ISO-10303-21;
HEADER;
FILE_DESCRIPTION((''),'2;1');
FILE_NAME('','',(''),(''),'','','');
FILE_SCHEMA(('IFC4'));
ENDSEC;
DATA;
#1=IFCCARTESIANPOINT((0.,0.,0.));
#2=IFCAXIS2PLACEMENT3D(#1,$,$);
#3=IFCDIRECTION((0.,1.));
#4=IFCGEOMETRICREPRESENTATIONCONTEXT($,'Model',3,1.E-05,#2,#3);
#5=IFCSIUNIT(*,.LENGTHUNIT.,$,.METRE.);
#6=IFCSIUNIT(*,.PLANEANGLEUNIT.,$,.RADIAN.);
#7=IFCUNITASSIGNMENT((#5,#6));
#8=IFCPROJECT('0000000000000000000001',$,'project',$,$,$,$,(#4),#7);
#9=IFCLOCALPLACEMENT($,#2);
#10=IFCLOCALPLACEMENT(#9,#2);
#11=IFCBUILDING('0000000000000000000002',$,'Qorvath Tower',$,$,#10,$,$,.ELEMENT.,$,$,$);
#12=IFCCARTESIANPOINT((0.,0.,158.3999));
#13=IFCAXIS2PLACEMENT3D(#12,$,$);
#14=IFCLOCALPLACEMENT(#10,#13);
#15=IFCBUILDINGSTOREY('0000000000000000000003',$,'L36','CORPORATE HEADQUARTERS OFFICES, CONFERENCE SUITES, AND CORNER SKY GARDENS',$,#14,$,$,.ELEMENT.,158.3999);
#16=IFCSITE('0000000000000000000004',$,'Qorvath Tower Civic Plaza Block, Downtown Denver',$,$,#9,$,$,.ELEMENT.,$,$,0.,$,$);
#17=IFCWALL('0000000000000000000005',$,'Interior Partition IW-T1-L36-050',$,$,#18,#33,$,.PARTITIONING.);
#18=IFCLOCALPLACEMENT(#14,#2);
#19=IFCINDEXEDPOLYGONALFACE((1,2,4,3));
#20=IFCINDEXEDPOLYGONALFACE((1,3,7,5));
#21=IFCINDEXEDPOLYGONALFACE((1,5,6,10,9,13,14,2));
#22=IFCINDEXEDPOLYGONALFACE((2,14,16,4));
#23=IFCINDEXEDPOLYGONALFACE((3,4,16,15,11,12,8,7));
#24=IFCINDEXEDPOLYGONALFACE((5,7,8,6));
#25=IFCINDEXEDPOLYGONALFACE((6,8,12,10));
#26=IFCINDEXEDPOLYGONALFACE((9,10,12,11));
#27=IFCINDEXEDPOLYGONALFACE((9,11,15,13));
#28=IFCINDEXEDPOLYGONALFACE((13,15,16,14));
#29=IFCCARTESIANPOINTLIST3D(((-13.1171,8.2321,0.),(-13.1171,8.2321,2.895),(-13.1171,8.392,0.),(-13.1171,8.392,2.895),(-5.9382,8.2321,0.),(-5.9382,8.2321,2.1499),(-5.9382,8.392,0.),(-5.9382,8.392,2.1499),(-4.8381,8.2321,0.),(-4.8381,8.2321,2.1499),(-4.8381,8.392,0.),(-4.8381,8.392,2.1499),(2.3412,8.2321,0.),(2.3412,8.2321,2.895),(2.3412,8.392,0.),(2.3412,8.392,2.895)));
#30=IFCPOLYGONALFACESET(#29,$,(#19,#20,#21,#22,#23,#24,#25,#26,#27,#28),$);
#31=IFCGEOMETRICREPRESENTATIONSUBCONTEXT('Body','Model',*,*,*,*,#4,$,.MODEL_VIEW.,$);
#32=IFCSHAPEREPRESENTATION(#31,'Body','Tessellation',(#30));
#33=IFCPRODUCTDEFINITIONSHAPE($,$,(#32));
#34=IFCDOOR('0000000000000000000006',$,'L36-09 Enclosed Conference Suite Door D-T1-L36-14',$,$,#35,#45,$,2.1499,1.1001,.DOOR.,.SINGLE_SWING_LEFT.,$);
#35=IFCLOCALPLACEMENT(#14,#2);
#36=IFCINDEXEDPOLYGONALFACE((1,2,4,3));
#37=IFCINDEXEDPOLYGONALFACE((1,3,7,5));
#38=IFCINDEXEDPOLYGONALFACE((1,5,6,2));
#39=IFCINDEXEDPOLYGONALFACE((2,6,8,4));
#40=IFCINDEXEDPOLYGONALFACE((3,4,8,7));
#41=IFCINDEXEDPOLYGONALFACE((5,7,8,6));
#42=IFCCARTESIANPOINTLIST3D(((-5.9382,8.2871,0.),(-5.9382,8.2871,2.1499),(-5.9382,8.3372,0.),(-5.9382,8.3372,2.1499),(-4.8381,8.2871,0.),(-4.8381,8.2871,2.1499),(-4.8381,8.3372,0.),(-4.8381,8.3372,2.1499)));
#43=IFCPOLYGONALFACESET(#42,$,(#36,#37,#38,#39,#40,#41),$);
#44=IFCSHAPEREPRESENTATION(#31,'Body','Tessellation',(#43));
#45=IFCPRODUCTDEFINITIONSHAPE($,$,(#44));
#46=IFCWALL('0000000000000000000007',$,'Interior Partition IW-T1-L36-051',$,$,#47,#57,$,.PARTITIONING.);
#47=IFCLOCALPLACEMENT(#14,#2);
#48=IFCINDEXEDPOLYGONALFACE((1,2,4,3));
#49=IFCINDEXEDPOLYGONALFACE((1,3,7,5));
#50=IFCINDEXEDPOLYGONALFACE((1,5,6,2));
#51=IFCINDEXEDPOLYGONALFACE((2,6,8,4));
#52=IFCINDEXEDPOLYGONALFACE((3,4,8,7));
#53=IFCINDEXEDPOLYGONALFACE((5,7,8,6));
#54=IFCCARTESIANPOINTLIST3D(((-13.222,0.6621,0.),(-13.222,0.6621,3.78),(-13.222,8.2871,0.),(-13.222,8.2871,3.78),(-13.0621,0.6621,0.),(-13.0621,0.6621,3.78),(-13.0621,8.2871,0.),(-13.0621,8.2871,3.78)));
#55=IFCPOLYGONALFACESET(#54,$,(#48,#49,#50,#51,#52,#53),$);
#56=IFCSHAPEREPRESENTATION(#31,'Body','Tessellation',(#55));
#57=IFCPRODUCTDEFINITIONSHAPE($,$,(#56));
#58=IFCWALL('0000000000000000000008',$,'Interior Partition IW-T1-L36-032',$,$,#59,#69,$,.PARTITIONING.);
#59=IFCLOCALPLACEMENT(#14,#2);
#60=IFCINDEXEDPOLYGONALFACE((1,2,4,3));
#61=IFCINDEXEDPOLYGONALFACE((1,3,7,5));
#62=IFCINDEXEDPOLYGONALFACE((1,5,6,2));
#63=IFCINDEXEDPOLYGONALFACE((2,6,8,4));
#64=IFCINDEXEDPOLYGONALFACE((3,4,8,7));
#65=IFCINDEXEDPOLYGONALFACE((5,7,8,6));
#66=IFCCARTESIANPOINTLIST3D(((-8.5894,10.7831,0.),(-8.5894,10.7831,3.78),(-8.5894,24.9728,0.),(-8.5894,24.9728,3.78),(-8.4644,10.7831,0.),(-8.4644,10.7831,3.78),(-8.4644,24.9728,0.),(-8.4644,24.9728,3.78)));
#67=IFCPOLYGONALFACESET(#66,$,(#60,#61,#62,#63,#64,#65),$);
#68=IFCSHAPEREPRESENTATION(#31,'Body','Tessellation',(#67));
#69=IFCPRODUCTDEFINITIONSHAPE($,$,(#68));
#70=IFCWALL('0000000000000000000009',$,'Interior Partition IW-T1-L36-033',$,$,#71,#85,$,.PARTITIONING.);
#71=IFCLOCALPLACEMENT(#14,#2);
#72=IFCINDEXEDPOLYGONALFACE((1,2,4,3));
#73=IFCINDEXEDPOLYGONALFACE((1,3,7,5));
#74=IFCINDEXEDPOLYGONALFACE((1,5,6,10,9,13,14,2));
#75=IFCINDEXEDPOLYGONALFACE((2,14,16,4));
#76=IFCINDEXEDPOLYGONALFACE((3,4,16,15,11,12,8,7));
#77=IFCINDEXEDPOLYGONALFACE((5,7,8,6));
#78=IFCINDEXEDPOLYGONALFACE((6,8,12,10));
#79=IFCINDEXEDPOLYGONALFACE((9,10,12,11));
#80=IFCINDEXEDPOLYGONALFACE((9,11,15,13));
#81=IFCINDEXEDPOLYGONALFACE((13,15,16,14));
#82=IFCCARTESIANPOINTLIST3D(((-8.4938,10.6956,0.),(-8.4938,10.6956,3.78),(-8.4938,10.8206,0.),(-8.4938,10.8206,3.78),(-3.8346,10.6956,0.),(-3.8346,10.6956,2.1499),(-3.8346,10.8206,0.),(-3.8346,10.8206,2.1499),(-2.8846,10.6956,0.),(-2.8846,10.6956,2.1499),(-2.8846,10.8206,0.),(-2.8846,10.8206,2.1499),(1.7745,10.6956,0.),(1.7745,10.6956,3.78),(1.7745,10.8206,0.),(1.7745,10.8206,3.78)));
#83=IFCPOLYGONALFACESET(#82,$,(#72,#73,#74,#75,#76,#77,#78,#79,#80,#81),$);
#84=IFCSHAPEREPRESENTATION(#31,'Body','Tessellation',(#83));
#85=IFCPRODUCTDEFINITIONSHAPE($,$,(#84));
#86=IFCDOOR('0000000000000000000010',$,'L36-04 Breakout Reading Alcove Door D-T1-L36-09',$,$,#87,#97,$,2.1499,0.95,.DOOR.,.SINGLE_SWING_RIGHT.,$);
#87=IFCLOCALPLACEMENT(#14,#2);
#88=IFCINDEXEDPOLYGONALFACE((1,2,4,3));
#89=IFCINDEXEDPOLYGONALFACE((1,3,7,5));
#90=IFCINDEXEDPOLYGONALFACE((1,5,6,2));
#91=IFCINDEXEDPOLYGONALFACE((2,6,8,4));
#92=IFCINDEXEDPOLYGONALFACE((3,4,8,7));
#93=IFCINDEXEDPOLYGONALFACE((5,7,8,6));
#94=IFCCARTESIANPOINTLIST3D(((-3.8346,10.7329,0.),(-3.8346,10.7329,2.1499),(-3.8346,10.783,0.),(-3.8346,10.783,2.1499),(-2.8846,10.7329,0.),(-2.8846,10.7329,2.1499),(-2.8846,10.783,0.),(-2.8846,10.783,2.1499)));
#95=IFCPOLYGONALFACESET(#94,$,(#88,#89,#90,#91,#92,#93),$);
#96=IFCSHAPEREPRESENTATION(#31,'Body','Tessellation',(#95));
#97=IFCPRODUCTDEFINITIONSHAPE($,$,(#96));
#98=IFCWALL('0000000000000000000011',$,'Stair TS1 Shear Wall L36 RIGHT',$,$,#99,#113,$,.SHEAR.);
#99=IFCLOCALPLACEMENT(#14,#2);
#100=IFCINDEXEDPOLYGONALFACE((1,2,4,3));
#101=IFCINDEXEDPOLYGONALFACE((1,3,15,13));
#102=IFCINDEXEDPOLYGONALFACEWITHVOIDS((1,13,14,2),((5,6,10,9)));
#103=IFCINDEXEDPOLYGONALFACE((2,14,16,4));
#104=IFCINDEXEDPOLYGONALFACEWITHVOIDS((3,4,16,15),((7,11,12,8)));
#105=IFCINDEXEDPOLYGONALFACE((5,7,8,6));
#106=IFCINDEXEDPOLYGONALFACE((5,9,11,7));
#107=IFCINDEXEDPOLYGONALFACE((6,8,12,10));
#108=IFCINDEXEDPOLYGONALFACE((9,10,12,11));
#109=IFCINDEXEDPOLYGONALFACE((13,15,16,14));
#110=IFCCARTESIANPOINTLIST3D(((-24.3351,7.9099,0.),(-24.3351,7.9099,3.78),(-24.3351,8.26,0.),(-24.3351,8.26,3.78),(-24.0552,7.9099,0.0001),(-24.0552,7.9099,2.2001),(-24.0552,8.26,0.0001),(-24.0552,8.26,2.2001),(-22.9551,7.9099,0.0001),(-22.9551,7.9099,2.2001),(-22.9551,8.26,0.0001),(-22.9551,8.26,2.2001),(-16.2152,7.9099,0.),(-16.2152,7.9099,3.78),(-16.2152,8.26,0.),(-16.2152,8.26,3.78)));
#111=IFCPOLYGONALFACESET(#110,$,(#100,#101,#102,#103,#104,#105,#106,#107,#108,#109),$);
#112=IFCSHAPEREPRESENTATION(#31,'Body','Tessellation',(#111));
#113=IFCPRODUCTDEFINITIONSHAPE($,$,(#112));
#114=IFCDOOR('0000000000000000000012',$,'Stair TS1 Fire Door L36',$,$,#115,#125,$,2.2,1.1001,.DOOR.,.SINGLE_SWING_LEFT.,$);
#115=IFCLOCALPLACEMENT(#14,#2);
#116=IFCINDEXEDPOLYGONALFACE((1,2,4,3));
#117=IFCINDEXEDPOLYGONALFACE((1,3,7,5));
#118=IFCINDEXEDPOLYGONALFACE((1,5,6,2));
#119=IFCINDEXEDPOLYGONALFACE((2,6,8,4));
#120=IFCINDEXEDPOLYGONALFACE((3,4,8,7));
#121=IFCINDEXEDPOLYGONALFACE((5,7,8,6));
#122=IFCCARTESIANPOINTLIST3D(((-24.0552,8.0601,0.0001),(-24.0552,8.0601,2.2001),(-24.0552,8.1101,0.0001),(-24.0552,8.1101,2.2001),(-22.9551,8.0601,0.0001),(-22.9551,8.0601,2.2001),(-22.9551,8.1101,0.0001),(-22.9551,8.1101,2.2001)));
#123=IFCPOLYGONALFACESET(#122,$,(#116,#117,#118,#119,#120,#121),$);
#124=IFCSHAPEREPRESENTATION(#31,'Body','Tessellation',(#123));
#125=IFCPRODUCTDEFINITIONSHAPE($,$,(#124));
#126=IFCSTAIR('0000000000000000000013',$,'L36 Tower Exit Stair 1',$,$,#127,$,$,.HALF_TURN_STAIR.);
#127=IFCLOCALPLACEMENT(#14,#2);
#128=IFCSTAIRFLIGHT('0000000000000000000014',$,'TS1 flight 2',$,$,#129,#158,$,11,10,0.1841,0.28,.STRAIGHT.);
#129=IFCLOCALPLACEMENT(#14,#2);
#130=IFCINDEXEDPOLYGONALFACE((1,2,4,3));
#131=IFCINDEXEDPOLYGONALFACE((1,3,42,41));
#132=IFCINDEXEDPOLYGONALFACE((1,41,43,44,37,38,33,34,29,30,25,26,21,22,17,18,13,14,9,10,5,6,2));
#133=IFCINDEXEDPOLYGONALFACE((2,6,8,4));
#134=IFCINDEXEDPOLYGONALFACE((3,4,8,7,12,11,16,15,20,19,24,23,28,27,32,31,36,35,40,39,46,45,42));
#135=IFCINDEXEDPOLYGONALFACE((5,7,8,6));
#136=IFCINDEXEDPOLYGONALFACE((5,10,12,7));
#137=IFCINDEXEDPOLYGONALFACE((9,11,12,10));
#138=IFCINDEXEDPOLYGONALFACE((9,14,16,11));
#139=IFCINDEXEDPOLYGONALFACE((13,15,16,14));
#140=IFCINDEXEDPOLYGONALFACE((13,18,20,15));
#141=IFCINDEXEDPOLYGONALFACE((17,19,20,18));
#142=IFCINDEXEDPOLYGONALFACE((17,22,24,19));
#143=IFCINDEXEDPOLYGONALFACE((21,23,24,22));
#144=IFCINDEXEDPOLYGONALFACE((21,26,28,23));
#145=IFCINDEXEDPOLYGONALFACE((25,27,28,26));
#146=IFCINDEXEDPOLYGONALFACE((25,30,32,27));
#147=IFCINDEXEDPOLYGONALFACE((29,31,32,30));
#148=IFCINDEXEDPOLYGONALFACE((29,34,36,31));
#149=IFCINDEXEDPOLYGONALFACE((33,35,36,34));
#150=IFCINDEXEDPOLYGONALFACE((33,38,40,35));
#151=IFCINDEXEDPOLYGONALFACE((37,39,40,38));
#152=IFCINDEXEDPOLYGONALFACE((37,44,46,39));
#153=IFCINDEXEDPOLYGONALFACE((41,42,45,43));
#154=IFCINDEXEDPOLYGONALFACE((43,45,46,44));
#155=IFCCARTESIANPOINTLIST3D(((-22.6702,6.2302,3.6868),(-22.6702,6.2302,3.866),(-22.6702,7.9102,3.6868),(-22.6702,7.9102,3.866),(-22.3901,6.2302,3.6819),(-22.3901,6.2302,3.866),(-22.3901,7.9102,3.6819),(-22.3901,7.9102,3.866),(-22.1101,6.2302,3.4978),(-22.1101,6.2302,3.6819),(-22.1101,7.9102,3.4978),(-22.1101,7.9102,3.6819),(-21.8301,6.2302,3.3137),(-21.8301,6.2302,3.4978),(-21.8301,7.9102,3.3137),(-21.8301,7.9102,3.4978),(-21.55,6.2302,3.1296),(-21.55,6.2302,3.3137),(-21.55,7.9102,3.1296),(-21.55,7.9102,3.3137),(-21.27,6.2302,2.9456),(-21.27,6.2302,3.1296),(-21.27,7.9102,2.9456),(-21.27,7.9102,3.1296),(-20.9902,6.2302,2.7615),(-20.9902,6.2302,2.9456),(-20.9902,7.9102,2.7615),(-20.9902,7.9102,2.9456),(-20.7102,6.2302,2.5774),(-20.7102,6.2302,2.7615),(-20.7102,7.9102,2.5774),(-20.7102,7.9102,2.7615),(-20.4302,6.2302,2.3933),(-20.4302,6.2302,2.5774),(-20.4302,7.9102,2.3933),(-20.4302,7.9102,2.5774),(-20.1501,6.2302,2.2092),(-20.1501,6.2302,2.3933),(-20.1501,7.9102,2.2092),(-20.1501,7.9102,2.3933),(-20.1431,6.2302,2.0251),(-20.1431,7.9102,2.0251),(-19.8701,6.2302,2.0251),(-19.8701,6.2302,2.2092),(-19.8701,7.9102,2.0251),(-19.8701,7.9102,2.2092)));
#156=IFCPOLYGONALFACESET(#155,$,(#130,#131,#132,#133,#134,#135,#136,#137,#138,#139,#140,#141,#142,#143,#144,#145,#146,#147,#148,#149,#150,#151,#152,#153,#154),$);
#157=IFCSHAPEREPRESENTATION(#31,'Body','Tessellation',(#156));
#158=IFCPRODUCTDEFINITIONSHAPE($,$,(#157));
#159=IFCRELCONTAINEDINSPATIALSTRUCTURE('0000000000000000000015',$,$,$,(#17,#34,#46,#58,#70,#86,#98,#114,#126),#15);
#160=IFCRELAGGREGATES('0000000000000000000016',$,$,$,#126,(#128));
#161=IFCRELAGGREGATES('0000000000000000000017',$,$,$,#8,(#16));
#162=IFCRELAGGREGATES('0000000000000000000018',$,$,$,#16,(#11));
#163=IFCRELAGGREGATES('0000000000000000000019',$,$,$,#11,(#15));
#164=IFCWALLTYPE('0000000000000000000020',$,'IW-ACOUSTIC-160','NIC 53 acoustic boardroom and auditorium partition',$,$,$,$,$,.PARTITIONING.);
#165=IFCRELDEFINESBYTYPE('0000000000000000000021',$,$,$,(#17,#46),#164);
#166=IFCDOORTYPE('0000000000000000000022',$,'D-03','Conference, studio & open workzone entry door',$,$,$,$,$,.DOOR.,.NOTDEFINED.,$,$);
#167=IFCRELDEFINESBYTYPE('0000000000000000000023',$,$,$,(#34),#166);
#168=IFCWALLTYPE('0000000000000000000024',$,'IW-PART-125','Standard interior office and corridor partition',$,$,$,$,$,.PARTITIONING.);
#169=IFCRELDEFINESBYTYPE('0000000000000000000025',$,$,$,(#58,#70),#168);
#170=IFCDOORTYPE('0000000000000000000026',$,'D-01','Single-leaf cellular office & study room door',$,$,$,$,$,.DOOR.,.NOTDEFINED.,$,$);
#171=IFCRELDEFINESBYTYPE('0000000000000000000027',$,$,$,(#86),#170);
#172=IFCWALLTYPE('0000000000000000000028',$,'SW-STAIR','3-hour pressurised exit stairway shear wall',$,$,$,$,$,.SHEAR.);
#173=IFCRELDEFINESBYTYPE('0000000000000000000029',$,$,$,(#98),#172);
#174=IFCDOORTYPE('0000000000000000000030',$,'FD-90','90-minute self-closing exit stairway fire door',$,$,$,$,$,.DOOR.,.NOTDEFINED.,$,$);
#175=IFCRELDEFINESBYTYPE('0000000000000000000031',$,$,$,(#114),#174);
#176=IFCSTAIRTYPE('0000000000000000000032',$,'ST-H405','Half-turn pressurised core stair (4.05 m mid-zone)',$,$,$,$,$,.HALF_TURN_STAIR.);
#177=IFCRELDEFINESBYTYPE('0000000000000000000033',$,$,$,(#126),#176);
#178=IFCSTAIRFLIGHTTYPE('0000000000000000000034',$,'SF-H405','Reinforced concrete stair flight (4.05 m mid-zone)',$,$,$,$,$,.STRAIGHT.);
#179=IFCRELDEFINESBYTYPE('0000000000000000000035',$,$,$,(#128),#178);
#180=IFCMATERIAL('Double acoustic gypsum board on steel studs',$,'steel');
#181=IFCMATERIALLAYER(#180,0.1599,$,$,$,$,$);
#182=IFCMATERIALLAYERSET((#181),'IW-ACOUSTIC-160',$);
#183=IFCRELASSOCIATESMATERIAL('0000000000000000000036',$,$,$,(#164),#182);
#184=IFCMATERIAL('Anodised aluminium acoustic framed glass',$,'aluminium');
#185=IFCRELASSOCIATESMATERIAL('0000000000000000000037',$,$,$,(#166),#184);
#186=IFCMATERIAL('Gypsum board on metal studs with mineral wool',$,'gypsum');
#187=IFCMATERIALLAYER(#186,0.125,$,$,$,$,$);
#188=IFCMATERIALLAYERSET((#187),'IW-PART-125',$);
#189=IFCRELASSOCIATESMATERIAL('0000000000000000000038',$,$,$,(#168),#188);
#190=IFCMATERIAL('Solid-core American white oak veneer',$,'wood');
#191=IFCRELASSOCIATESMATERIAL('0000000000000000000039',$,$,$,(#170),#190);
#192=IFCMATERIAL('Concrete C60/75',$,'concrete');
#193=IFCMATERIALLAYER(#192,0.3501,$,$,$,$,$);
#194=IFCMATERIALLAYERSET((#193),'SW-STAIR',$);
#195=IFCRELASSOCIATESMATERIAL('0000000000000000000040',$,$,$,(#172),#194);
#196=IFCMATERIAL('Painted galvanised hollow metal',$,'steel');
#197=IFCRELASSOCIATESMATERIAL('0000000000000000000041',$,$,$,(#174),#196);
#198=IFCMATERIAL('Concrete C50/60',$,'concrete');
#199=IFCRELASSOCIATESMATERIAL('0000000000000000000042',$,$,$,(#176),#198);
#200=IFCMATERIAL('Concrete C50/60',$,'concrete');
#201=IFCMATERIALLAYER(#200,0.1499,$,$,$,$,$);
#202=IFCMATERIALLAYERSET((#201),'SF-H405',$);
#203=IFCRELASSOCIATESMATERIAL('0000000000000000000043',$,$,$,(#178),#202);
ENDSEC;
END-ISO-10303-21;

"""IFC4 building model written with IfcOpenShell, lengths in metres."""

from ifc_helpers import new_model, si_unit, direction, frame, frame_2d, origin, place, context, subcontext, project, spatial, polyline, rectangle, outline, extrude, material, layer, layer_set, type_object, element, fill, aggregate, save


model = new_model("IFC4")

# Units and contexts
model_context = context("Model", 3, precision=1e-05, world=origin(), true_north=direction((0.0, 1.0)))
body_context = subcontext(model_context, "Body", "Model", "MODEL_VIEW")
ifc_project = project(units=[si_unit("LENGTHUNIT", "METRE"), si_unit("PLANEANGLEUNIT", "RADIAN")], contexts=[model_context])

# Site, building, storey
site_placement = place(None, origin())
site = spatial("IfcSite", under=ifc_project, at=site_placement, Name="Qorvath Tower Civic Plaza Block, Downtown Denver", CompositionType="ELEMENT", RefElevation=0.0)
building_placement = place(site_placement, origin())
building = spatial("IfcBuilding", under=site, at=building_placement, Name="Qorvath Tower", CompositionType="ELEMENT")
storey_placement = place(building_placement, frame((0.0, 0.0, 158.3999)))
storey = spatial("IfcBuildingStorey", under=building, at=storey_placement, Name="L36", Description="CORPORATE HEADQUARTERS OFFICES, CONFERENCE SUITES, AND CORNER SKY GARDENS", CompositionType="ELEMENT", Elevation=158.3999)

# Wall, opening, door
ifc_material_1 = material(Name="Double acoustic gypsum board on steel studs", Category="steel")
ifc_layer_1 = layer(ifc_material_1, 0.1599)
ifc_layer_set_1 = layer_set([ifc_layer_1], Name="IW-ACOUSTIC-160")
wall_type_1 = type_object("IfcWallType", Name="IW-ACOUSTIC-160", Description="NIC 53 acoustic boardroom and auditorium partition", PredefinedType="PARTITIONING", material=ifc_layer_set_1)
wall_1_placement = place(storey_placement, frame((2.3411, 8.312, 0.0), z_axis=(0.0, 0.0, 1.0), x_axis=(-1.0, 0.0, 0.0)))
wall_1 = element("IfcWall", 1, at=wall_1_placement, inside=storey, type_object=wall_type_1, Name="Interior Partition IW-T1-L36-050", PredefinedType="PARTITIONING", context=body_context, shape_type="SweptSolid", body=[
    extrude(rectangle(XDim=15.4583, YDim=0.1599, at=frame_2d((7.729, 0.0))), origin(), (0.0, 0.0, 1.0), 2.895),
])
opening_1_placement = place(wall_1_placement, frame((7.1792, 0.0, 0.0)))
opening_1 = element("IfcOpeningElement", 2, at=opening_1_placement, cuts=wall_1, PredefinedType="OPENING", context=body_context, shape_type="SweptSolid", body=[
    extrude(rectangle(XDim=1.1001, YDim=2.1499, at=frame_2d((0.55, 1.075))), frame((0.0, 0.0898, 0.0), z_axis=(0.0, -1.0, 0.0), x_axis=(1.0, 0.0, 0.0)), (0.0, 0.0, 1.0), 0.1799),
])
ifc_material_2 = material(Name="Anodised aluminium acoustic framed glass", Category="aluminium")
door_type_1 = type_object("IfcDoorType", Name="D-03", Description="Conference, studio & open workzone entry door", OperationType="NOTDEFINED", PredefinedType="DOOR", material=ifc_material_2)
door_1_placement = place(opening_1_placement, origin())
door_1 = element("IfcDoor", 3, at=door_1_placement, inside=storey, type_object=door_type_1, Name="L36-09 Enclosed Conference Suite Door D-T1-L36-14", OperationType="SINGLE_SWING_LEFT", OverallHeight=2.1499, OverallWidth=1.1001, PredefinedType="DOOR", context=body_context, shape_type="SweptSolid", body=[
    extrude(rectangle(XDim=1.1001, YDim=2.1499, at=frame_2d((0.55, 1.075))), frame((0.0, 0.0249, 0.0), z_axis=(0.0, -1.0, 0.0), x_axis=(1.0, 0.0, 0.0)), (0.0, 0.0, 1.0), 0.05),
])
fill(opening_1, door_1)

# Walls
wall_2_placement = place(storey_placement, frame((-13.1421, 8.2871, 0.0), z_axis=(0.0, 0.0, 1.0), x_axis=(0.0, -1.0, 0.0)))
element("IfcWall", 4, at=wall_2_placement, inside=storey, type_object=wall_type_1, Name="Interior Partition IW-T1-L36-051", PredefinedType="PARTITIONING", context=body_context, shape_type="SweptSolid", body=[
    extrude(rectangle(XDim=7.625, YDim=0.1599, at=frame_2d((3.8125, 0.0))), origin(), (0.0, 0.0, 1.0), 3.78),
])
ifc_material_3 = material(Name="Gypsum board on metal studs with mineral wool", Category="gypsum")
ifc_layer_2 = layer(ifc_material_3, 0.125)
ifc_layer_set_2 = layer_set([ifc_layer_2], Name="IW-PART-125")
wall_type_2 = type_object("IfcWallType", Name="IW-PART-125", Description="Standard interior office and corridor partition", PredefinedType="PARTITIONING", material=ifc_layer_set_2)
wall_3_placement = place(storey_placement, frame((-8.5269, 10.7832, 0.0), z_axis=(0.0, 0.0, 1.0), x_axis=(0.0, 1.0, 0.0)))
element("IfcWall", 5, at=wall_3_placement, inside=storey, type_object=wall_type_2, Name="Interior Partition IW-T1-L36-032", PredefinedType="PARTITIONING", context=body_context, shape_type="SweptSolid", body=[
    extrude(rectangle(XDim=14.1897, YDim=0.125, at=frame_2d((7.0947, 0.0))), origin(), (0.0, 0.0, 1.0), 3.78),
])

# Walls, openings, doors
wall_4_placement = place(storey_placement, frame((-8.4939, 10.7581, 0.0), z_axis=(0.0, 0.0, 1.0), x_axis=(1.0, 0.0, 0.0)))
wall_4 = element("IfcWall", 6, at=wall_4_placement, inside=storey, type_object=wall_type_2, Name="Interior Partition IW-T1-L36-033", PredefinedType="PARTITIONING", context=body_context, shape_type="SweptSolid", body=[
    extrude(rectangle(XDim=10.2683, YDim=0.125, at=frame_2d((5.1343, 0.0))), origin(), (0.0, 0.0, 1.0), 3.78),
])
opening_2_placement = place(wall_4_placement, frame((4.6592, 0.0, 0.0)))
opening_2 = element("IfcOpeningElement", 7, at=opening_2_placement, cuts=wall_4, PredefinedType="OPENING", context=body_context, shape_type="SweptSolid", body=[
    extrude(rectangle(XDim=0.95, YDim=2.1499, at=frame_2d((0.4751, 1.075))), frame((0.0, 0.0725, 0.0), z_axis=(0.0, -1.0, 0.0), x_axis=(1.0, 0.0, 0.0)), (0.0, 0.0, 1.0), 0.145),
])
ifc_material_4 = material(Name="Solid-core American white oak veneer", Category="wood")
door_type_2 = type_object("IfcDoorType", Name="D-01", Description="Single-leaf cellular office & study room door", OperationType="NOTDEFINED", PredefinedType="DOOR", material=ifc_material_4)
door_2_placement = place(opening_2_placement, origin())
door_2 = element("IfcDoor", 8, at=door_2_placement, inside=storey, type_object=door_type_2, Name="L36-04 Breakout Reading Alcove Door D-T1-L36-09", OperationType="SINGLE_SWING_RIGHT", OverallHeight=2.1499, OverallWidth=0.95, PredefinedType="DOOR", context=body_context, shape_type="SweptSolid", body=[
    extrude(rectangle(XDim=0.95, YDim=2.1499, at=frame_2d((0.4751, 1.075))), frame((0.0, 0.0249, 0.0), z_axis=(0.0, -1.0, 0.0), x_axis=(1.0, 0.0, 0.0)), (0.0, 0.0, 1.0), 0.05),
])
fill(opening_2, door_2)
ifc_material_5 = material(Name="Concrete C60/75", Category="concrete")
ifc_layer_3 = layer(ifc_material_5, 0.3501)
ifc_layer_set_3 = layer_set([ifc_layer_3], Name="SW-STAIR")
wall_type_3 = type_object("IfcWallType", Name="SW-STAIR", Description="3-hour pressurised exit stairway shear wall", PredefinedType="SHEAR", material=ifc_layer_set_3)
wall_5_placement = place(storey_placement, frame((-16.2151, 8.085, 0.0), z_axis=(0.0, 0.0, 1.0), x_axis=(-1.0, 0.0, 0.0)))
wall_5 = element("IfcWall", 9, at=wall_5_placement, inside=storey, type_object=wall_type_3, Name="Stair TS1 Shear Wall L36 RIGHT", PredefinedType="SHEAR", context=body_context, shape_type="SweptSolid", body=[
    extrude(rectangle(XDim=8.1199, YDim=0.3501, at=frame_2d((4.0601, 0.0))), origin(), (0.0, 0.0, 1.0), 3.78),
])
opening_3_placement = place(wall_5_placement, frame((6.74, 0.0, 0.0)))
opening_3 = element("IfcOpeningElement", 10, at=opening_3_placement, cuts=wall_5, PredefinedType="OPENING", context=body_context, shape_type="SweptSolid", body=[
    extrude(rectangle(XDim=1.1001, YDim=2.2, at=frame_2d((0.55, 1.1001))), frame((0.0, 0.1851, 0.0), z_axis=(0.0, -1.0, 0.0), x_axis=(1.0, 0.0, 0.0)), (0.0, 0.0, 1.0), 0.3701),
])
ifc_material_6 = material(Name="Painted galvanised hollow metal", Category="steel")
door_type_3 = type_object("IfcDoorType", Name="FD-90", Description="90-minute self-closing exit stairway fire door", OperationType="NOTDEFINED", PredefinedType="DOOR", material=ifc_material_6)
door_3_placement = place(opening_3_placement, origin())
door_3 = element("IfcDoor", 11, at=door_3_placement, inside=storey, type_object=door_type_3, Name="Stair TS1 Fire Door L36", OperationType="SINGLE_SWING_LEFT", OverallHeight=2.2, OverallWidth=1.1001, PredefinedType="DOOR", context=body_context, shape_type="SweptSolid", body=[
    extrude(rectangle(XDim=1.1001, YDim=2.2, at=frame_2d((0.55, 1.1001))), frame((0.0, 0.0249, 0.0), z_axis=(0.0, -1.0, 0.0), x_axis=(1.0, 0.0, 0.0)), (0.0, 0.0, 1.0), 0.05),
])
fill(opening_3, door_3)

# Stair, stair flight
ifc_material_7 = material(Name="Concrete C50/60", Category="concrete")
stair_type = type_object("IfcStairType", Name="ST-H405", Description="Half-turn pressurised core stair (4.05 m mid-zone)", PredefinedType="HALF_TURN_STAIR", material=ifc_material_7)
stair_placement = place(storey_placement, origin())
stair = element("IfcStair", 12, at=stair_placement, inside=storey, type_object=stair_type, Name="L36 Tower Exit Stair 1", PredefinedType="HALF_TURN_STAIR")
ifc_material_8 = material(Name="Concrete C50/60", Category="concrete")
ifc_layer_4 = layer(ifc_material_8, 0.1499)
ifc_layer_set_4 = layer_set([ifc_layer_4], Name="SF-H405")
stair_flight_type = type_object("IfcStairFlightType", Name="SF-H405", Description="Reinforced concrete stair flight (4.05 m mid-zone)", PredefinedType="STRAIGHT", material=ifc_layer_set_4)
stair_flight_placement = place(storey_placement, frame((-19.8701, 7.0701, 2.0251), z_axis=(0.0, 0.0, 1.0), x_axis=(-1.0, 0.0, 0.0)))
stair_flight = element("IfcStairFlight", 13, at=stair_flight_placement, type_object=stair_flight_type, Name="TS1 flight 2", NumberOfRisers=11, NumberOfTreads=10, PredefinedType="STRAIGHT", RiserHeight=0.1841, TreadLength=0.28, context=body_context, shape_type="SweptSolid", body=[
    extrude(outline(polyline([(0.0, 0.0), (0.0, 0.1841), (0.28, 0.1841), (0.28, 0.3682), (0.5601, 0.3682), (0.5601, 0.5522), (0.8401, 0.5522), (0.8401, 0.7363), (1.1201, 0.7363), (1.1201, 0.9204), (1.3999, 0.9204), (1.3999, 1.1045), (1.6799, 1.1045), (1.6799, 1.2886), (1.96, 1.2886), (1.96, 1.4727), (2.24, 1.4727), (2.24, 1.6567), (2.52, 1.6567), (2.52, 1.8408), (2.8, 1.8408), (2.8, 2.0249), (2.8, 1.6616), (0.2729, 0.0), (0.0, 0.0)])), frame((0.0, 0.8398, 0.0), z_axis=(0.0, -1.0, 0.0), x_axis=(1.0, 0.0, 0.0)), (0.0, 0.0, 1.0), 1.6799),
])
aggregate(stair, [stair_flight])

save(model, "model.ifc")
